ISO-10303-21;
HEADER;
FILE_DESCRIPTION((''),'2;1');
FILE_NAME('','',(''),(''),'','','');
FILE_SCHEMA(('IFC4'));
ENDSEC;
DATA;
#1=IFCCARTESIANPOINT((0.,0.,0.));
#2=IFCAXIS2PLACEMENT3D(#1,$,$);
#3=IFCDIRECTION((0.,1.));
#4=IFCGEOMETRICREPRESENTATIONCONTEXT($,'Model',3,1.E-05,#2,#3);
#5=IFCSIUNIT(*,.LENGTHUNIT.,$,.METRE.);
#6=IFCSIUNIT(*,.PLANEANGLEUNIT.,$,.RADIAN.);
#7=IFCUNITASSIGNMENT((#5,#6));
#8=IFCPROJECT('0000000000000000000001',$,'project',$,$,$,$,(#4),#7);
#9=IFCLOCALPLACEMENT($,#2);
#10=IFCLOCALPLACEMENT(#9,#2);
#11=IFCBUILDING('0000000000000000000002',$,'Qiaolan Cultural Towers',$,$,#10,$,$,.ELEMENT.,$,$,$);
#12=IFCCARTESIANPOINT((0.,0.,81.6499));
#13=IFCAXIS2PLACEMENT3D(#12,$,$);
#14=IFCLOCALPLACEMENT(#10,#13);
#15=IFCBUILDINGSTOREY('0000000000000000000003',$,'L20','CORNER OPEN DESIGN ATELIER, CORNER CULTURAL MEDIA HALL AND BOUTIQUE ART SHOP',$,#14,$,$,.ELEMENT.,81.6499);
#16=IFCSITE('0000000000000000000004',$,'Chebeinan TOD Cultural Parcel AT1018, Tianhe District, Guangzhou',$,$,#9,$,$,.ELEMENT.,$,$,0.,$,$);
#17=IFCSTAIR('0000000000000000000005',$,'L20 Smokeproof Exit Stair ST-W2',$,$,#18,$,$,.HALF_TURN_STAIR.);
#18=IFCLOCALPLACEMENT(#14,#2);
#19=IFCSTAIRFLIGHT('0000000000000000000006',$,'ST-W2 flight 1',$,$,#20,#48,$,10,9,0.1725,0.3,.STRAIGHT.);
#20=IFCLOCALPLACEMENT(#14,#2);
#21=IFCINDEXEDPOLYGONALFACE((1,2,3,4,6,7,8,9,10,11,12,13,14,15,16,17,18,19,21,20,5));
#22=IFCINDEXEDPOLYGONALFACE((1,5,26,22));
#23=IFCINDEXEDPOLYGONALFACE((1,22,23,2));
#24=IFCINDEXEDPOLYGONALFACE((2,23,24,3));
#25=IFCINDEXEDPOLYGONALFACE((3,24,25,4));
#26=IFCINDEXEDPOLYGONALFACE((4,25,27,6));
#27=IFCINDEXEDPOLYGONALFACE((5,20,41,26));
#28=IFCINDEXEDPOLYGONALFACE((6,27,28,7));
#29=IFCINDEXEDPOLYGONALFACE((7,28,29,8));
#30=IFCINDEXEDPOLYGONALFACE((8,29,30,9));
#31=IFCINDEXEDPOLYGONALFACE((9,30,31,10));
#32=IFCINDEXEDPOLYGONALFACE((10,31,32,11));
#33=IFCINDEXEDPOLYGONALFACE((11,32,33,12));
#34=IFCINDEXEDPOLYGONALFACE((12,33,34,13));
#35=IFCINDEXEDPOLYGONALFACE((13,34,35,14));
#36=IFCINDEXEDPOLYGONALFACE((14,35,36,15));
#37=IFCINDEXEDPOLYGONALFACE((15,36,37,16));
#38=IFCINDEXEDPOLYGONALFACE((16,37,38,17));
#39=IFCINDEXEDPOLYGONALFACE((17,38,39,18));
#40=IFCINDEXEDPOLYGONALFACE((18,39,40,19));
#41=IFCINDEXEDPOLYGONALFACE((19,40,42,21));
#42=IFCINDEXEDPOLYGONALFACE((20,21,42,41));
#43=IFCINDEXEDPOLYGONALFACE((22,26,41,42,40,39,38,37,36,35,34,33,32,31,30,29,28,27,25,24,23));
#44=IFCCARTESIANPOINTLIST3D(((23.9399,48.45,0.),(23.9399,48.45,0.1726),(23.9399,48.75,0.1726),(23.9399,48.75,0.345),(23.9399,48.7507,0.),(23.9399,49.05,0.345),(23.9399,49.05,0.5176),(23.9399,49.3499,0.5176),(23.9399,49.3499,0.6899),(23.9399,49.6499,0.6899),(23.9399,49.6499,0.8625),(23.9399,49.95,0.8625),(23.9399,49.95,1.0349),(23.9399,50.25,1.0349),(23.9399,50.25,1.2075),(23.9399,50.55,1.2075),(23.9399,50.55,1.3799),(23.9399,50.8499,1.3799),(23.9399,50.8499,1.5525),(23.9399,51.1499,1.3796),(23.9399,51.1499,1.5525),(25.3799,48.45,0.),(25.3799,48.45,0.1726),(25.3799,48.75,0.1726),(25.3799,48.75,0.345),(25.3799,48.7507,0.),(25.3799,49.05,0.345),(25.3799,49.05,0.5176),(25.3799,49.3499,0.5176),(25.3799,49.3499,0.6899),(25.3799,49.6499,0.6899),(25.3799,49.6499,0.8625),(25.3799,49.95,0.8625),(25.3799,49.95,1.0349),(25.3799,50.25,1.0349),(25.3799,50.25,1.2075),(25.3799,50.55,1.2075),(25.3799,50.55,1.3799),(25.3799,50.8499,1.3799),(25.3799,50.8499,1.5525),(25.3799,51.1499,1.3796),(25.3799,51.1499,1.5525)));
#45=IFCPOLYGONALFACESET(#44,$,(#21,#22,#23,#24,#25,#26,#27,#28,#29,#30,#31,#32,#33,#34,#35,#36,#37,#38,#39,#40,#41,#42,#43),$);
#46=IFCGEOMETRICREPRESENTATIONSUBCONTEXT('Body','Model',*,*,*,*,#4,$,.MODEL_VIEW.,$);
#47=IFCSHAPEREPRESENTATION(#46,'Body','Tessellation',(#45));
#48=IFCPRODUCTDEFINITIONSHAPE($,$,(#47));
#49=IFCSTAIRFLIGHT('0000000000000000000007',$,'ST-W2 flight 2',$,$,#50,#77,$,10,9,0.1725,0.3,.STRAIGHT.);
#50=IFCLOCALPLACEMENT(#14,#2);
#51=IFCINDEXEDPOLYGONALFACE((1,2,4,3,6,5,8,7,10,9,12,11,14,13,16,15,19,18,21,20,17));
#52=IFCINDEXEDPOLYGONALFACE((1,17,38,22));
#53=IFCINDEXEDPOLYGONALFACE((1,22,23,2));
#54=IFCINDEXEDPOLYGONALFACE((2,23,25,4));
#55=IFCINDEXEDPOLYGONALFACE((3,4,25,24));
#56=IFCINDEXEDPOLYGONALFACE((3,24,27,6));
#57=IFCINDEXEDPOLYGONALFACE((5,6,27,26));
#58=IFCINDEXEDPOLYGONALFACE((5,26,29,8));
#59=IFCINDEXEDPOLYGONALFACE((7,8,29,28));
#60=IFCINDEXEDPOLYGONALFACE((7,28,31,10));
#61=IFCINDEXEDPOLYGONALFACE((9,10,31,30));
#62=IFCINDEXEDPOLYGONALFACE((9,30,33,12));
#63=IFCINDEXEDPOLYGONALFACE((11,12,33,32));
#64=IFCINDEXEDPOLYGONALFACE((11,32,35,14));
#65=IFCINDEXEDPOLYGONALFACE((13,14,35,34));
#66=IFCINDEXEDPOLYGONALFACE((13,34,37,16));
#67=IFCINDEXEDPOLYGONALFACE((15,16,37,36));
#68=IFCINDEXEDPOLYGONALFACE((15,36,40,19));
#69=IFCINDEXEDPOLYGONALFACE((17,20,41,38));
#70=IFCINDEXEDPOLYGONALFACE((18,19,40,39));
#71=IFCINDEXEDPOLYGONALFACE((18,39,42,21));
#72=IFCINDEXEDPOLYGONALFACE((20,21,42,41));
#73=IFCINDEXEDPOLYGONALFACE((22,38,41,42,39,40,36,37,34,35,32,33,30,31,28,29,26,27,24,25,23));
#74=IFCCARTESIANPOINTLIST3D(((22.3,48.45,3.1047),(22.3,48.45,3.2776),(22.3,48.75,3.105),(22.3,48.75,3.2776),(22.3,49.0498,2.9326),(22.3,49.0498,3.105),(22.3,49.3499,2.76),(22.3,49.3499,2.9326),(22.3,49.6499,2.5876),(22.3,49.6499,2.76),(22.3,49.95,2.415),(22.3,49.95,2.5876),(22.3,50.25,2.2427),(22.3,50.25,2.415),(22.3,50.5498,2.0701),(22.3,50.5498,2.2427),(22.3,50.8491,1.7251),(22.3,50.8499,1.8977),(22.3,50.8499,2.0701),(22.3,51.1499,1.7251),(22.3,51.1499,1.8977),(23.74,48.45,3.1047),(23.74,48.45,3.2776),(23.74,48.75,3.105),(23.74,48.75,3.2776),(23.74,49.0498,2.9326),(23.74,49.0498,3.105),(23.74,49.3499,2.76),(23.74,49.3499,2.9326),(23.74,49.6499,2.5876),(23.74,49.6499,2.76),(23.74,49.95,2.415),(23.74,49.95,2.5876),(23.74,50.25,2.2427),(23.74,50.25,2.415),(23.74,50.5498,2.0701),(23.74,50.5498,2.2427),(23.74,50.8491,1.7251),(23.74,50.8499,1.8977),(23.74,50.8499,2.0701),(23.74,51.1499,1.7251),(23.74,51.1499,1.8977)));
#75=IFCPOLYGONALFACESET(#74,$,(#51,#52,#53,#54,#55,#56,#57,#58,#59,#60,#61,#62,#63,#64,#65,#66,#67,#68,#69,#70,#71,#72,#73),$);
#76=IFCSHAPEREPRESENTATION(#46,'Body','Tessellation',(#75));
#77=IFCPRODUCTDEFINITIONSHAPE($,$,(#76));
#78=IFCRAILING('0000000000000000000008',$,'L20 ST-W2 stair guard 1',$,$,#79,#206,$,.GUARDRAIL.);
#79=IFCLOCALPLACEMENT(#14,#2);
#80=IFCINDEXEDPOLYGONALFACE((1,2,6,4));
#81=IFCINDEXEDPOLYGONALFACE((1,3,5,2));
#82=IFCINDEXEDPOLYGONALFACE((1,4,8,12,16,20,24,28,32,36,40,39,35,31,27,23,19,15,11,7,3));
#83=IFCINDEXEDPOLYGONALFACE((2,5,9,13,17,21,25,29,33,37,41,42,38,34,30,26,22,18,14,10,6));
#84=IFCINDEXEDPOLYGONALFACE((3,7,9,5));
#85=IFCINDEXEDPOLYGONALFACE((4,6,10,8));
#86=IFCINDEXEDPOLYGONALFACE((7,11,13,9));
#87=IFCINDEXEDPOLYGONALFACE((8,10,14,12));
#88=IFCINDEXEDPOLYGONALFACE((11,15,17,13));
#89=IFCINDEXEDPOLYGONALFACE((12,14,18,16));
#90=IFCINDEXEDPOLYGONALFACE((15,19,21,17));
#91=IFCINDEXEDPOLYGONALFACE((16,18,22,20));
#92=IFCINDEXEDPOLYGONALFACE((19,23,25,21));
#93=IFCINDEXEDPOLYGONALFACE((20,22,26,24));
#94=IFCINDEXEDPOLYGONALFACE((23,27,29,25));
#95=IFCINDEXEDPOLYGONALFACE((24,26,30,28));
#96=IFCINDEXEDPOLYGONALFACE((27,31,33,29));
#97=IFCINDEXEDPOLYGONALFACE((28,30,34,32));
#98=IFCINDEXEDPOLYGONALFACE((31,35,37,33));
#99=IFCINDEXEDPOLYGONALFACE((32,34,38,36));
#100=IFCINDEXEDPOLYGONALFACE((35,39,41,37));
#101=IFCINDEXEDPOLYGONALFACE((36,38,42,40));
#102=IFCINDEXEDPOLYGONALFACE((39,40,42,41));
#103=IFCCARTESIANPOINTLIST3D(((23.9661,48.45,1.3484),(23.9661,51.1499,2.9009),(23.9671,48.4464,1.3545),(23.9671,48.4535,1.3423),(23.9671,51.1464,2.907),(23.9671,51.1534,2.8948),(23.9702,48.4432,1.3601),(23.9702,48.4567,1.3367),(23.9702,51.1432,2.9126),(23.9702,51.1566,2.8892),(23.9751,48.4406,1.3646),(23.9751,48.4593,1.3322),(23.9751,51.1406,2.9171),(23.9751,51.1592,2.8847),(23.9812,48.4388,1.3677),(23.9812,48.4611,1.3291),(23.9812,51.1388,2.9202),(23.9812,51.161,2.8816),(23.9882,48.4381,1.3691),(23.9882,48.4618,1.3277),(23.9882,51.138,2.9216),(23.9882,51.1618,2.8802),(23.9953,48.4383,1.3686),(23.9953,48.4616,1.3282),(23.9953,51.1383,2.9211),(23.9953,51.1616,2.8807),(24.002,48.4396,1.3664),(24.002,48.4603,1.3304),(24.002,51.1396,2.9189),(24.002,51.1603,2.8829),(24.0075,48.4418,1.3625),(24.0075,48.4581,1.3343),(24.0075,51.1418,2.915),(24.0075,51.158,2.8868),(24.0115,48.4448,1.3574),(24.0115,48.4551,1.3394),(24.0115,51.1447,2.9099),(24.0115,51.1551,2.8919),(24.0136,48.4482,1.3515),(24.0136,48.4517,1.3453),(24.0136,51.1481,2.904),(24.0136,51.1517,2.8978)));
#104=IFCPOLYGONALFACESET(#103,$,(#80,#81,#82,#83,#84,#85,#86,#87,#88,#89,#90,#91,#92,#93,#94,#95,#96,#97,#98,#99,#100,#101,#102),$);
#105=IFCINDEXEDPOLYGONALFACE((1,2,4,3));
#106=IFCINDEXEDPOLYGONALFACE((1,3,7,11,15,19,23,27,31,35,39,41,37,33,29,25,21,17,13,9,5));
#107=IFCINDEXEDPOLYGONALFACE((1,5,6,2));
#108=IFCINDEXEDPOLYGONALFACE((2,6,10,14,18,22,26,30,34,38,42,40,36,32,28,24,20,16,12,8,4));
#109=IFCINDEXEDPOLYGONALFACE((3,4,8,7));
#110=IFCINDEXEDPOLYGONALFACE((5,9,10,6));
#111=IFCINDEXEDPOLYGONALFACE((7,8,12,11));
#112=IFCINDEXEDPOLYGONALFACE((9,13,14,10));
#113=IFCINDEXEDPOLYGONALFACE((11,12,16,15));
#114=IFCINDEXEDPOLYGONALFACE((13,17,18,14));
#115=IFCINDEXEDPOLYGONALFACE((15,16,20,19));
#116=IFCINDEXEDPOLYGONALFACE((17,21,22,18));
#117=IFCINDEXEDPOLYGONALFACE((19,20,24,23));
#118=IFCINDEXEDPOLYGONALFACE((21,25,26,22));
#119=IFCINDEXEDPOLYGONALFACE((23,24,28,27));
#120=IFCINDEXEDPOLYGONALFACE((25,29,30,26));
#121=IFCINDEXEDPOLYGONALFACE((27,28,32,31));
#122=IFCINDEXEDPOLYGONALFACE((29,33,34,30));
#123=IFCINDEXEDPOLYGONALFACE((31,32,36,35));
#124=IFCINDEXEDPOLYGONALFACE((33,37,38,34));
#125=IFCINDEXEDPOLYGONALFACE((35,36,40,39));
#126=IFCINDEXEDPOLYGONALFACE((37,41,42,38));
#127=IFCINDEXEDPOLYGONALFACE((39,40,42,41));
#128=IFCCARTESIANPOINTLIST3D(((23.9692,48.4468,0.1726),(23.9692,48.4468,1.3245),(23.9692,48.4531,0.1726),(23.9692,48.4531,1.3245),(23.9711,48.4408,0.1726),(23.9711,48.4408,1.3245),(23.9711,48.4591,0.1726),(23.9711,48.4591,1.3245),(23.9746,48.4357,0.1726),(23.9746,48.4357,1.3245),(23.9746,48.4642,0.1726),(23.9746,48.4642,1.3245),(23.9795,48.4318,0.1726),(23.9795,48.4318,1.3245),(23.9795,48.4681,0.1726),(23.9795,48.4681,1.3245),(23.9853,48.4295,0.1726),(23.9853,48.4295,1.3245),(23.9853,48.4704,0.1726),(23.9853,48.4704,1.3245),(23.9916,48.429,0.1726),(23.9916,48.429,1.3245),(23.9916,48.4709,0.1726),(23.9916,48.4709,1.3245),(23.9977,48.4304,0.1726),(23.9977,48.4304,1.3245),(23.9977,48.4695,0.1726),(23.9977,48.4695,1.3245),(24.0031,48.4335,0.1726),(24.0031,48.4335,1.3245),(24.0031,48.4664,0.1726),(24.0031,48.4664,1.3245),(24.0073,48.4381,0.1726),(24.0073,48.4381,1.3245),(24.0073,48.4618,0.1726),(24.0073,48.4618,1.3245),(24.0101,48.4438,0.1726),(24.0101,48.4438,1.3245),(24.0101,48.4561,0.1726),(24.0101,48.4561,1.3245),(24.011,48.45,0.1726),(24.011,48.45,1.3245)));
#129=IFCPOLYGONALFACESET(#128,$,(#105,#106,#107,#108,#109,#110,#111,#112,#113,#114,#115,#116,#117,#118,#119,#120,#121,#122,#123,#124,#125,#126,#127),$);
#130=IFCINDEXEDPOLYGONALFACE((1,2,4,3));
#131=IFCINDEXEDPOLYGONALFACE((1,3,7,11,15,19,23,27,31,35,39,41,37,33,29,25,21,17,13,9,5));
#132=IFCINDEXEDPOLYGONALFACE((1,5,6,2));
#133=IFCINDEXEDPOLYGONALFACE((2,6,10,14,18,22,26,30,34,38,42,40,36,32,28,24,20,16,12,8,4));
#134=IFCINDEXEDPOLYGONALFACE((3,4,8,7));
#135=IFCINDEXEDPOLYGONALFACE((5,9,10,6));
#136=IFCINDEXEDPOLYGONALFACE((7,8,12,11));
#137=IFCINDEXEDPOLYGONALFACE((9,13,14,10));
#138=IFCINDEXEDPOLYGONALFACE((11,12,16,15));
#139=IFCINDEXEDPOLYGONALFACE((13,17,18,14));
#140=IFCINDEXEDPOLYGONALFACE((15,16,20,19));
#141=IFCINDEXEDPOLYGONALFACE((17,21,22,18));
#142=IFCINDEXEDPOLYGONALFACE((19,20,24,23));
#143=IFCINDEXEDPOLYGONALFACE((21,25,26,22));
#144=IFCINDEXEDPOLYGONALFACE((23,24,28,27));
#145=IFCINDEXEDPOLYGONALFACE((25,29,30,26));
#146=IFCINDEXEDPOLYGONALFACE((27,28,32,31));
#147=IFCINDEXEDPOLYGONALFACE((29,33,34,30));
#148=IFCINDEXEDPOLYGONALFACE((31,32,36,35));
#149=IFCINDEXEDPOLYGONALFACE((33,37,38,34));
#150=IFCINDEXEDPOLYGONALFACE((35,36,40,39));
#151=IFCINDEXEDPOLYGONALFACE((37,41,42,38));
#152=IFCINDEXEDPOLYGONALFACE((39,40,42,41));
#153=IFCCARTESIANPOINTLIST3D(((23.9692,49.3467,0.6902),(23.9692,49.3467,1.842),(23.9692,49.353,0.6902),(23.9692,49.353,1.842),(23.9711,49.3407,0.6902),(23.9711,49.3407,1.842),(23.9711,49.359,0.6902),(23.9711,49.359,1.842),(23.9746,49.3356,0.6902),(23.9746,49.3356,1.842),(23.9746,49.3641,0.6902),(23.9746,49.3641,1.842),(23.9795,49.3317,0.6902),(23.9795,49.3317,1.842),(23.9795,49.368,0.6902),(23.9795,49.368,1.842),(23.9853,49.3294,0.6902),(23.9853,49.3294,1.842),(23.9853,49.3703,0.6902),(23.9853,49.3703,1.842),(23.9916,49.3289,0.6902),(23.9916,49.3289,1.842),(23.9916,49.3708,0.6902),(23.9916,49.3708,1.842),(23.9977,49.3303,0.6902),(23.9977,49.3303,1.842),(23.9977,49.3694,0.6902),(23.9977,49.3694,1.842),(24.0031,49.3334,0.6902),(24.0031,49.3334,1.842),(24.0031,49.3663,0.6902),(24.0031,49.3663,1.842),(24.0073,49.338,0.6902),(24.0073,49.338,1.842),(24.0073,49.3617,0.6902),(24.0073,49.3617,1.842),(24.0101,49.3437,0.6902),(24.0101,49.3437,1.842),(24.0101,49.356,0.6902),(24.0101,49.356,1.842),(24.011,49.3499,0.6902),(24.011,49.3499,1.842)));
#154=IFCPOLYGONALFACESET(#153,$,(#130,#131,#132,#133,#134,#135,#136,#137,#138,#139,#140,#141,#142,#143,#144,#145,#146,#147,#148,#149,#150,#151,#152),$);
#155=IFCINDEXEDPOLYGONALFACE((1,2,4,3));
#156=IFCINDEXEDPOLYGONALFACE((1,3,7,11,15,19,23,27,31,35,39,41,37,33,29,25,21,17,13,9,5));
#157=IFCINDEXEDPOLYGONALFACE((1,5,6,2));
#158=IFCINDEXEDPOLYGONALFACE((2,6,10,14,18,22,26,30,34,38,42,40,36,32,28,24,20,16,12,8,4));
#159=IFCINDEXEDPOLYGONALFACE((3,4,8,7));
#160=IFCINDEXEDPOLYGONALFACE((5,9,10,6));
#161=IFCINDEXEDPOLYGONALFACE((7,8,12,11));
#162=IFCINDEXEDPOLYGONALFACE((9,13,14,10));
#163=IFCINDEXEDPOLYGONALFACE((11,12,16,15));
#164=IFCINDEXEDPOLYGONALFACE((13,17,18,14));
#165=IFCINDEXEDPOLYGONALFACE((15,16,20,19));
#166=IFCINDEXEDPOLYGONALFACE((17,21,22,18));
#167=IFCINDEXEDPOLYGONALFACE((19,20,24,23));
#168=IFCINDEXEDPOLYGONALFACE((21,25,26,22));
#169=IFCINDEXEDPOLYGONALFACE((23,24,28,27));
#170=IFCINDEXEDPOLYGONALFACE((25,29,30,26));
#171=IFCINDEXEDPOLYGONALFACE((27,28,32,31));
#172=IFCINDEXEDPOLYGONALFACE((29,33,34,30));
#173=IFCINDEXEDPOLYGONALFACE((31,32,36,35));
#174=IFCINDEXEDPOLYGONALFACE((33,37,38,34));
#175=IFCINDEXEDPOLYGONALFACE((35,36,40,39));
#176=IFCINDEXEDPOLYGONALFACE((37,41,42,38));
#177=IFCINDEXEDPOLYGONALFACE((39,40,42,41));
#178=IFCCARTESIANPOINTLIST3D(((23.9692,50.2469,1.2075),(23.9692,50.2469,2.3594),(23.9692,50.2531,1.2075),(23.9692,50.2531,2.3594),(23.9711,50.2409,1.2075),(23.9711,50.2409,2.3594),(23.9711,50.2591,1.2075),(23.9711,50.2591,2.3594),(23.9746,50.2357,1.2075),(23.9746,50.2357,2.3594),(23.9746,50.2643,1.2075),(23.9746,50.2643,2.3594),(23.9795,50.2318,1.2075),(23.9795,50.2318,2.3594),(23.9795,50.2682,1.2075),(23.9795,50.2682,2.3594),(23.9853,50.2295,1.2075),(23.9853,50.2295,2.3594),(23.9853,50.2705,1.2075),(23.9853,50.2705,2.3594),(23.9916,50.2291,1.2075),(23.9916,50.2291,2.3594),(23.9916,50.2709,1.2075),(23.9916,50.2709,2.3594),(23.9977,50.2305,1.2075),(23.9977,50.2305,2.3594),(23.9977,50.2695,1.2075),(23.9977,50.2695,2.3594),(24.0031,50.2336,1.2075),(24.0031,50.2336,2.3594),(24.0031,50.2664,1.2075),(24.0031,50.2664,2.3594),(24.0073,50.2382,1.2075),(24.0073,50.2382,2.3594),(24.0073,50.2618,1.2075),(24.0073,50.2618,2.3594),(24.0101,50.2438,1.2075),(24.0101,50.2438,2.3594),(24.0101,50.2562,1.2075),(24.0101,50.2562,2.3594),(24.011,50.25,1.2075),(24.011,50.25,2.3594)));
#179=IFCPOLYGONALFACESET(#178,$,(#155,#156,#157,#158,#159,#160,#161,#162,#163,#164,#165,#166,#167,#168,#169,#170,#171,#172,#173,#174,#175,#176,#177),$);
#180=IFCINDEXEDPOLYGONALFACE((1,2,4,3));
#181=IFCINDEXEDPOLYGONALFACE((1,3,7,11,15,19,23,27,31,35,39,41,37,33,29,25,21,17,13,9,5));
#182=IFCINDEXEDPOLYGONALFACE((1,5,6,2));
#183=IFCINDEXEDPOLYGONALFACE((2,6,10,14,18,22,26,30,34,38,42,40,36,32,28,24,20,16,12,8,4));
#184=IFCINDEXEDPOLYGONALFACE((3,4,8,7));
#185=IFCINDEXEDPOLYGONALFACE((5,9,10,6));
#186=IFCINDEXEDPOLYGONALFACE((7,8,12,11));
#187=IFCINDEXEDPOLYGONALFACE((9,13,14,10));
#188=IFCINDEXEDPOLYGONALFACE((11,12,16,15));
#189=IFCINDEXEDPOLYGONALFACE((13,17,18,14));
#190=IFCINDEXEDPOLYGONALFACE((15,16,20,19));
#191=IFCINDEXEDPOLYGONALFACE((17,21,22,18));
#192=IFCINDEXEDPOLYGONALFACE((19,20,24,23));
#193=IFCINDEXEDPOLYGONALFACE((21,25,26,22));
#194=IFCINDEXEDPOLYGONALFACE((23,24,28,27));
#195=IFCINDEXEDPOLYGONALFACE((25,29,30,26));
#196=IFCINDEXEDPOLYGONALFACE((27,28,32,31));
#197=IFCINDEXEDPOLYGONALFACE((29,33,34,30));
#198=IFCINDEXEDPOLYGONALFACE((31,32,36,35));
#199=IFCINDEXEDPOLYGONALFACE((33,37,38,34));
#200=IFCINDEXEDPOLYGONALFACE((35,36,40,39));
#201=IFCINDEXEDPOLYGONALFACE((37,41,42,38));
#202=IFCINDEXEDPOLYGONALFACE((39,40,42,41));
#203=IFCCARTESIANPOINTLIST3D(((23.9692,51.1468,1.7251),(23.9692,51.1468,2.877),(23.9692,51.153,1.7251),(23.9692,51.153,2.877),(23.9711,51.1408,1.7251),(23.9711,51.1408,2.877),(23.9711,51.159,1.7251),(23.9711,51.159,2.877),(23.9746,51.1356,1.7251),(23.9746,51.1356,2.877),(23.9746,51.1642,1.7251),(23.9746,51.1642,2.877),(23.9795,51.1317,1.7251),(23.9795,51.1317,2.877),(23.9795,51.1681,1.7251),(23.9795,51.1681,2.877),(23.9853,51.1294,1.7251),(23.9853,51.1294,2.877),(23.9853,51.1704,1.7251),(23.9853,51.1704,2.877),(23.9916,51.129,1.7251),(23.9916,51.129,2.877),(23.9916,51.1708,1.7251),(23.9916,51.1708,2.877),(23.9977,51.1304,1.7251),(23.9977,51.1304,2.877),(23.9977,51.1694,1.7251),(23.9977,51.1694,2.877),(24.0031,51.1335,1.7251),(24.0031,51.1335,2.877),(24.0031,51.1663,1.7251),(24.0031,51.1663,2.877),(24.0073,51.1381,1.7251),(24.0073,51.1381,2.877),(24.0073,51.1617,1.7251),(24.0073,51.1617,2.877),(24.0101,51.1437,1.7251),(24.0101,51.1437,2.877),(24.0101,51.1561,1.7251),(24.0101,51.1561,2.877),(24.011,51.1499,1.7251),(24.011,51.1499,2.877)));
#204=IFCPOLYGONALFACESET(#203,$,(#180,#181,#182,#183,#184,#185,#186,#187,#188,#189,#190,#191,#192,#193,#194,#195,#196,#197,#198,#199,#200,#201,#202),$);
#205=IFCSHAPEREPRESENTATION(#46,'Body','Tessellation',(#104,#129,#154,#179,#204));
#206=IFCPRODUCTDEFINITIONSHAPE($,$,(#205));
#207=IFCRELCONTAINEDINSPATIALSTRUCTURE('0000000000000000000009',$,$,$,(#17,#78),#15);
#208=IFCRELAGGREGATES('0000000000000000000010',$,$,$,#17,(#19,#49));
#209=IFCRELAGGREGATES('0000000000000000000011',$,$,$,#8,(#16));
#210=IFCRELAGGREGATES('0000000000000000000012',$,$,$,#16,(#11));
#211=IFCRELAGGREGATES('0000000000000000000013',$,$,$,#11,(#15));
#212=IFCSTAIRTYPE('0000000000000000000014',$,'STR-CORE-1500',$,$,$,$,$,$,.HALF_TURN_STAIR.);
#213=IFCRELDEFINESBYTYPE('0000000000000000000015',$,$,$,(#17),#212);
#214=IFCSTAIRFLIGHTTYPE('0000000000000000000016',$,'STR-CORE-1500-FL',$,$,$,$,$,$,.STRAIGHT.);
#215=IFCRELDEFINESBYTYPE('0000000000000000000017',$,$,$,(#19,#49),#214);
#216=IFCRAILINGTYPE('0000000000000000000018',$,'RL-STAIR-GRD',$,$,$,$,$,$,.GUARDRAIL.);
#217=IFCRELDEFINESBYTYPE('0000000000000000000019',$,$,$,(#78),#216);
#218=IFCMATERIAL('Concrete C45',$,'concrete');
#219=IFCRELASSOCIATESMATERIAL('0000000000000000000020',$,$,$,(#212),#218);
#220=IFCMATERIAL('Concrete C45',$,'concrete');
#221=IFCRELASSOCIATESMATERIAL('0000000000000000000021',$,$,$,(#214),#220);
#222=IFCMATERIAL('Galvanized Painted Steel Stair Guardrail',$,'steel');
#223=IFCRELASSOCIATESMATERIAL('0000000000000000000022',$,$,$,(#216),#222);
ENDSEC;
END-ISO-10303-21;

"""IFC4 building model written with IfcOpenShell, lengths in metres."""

from ifc_helpers import new_model, si_unit, direction, frame, origin, origin_2d, place, context, subcontext, project, spatial, polyline, circle, outline, extrude, material, type_object, element, aggregate, save


model = new_model("IFC4")

# Units and contexts
model_context = context("Model", 3, precision=1e-05, world=origin(), true_north=direction((0.0, 1.0)))
body_context = subcontext(model_context, "Body", "Model", "MODEL_VIEW")
ifc_project = project(units=[si_unit("LENGTHUNIT", "METRE"), si_unit("PLANEANGLEUNIT", "RADIAN")], contexts=[model_context])

# Site, building, storey
site_placement = place(None, origin())
site = spatial("IfcSite", under=ifc_project, at=site_placement, Name="Chebeinan TOD Cultural Parcel AT1018, Tianhe District, Guangzhou", CompositionType="ELEMENT", RefElevation=0.0)
building_placement = place(site_placement, origin())
building = spatial("IfcBuilding", under=site, at=building_placement, Name="Qiaolan Cultural Towers", CompositionType="ELEMENT")
storey_placement = place(building_placement, frame((0.0, 0.0, 81.6499)))
storey = spatial("IfcBuildingStorey", under=building, at=storey_placement, Name="L20", Description="CORNER OPEN DESIGN ATELIER, CORNER CULTURAL MEDIA HALL AND BOUTIQUE ART SHOP", CompositionType="ELEMENT", Elevation=81.6499)

# Stair, stair flights
ifc_material_1 = material(Name="Concrete C45", Category="concrete")
stair_type = type_object("IfcStairType", Name="STR-CORE-1500", PredefinedType="HALF_TURN_STAIR", material=ifc_material_1)
stair_placement = place(storey_placement, origin())
stair = element("IfcStair", 1, at=stair_placement, inside=storey, type_object=stair_type, Name="L20 Smokeproof Exit Stair ST-W2", PredefinedType="HALF_TURN_STAIR")
ifc_material_2 = material(Name="Concrete C45", Category="concrete")
stair_flight_type = type_object("IfcStairFlightType", Name="STR-CORE-1500-FL", PredefinedType="STRAIGHT", material=ifc_material_2)
stair_flight_1_placement = place(storey_placement, frame((24.6599, 48.45, 0.0), z_axis=(0.0, 0.0, 1.0), x_axis=(0.0, 1.0, 0.0)))
stair_flight_1 = element("IfcStairFlight", 2, at=stair_flight_1_placement, type_object=stair_flight_type, Name="ST-W2 flight 1", NumberOfRisers=10, NumberOfTreads=9, PredefinedType="STRAIGHT", RiserHeight=0.1725, TreadLength=0.3, context=body_context, shape_type="SweptSolid", body=[
    extrude(outline(polyline([(0.0, 0.0), (0.0, 0.1726), (0.3, 0.1726), (0.3, 0.345), (0.6001, 0.345), (0.6001, 0.5176), (0.8999, 0.5176), (0.8999, 0.6899), (1.2, 0.6899), (1.2, 0.8625), (1.5, 0.8625), (1.5, 1.0349), (1.8, 1.0349), (1.8, 1.2075), (2.1001, 1.2075), (2.1001, 1.3799), (2.3999, 1.3799), (2.3999, 1.5525), (2.7, 1.5525), (2.7, 1.7251), (2.7, 1.3796), (0.3008, 0.0), (0.0, 0.0)])), frame((0.0, 0.72, 0.0), z_axis=(0.0, -1.0, 0.0), x_axis=(1.0, 0.0, 0.0)), (0.0, 0.0, 1.0), 1.4399),
])
stair_flight_2_placement = place(storey_placement, frame((23.02, 51.1499, 1.7251), z_axis=(0.0, 0.0, 1.0), x_axis=(0.0, -1.0, 0.0)))
stair_flight_2 = element("IfcStairFlight", 3, at=stair_flight_2_placement, type_object=stair_flight_type, Name="ST-W2 flight 2", NumberOfRisers=10, NumberOfTreads=9, PredefinedType="STRAIGHT", RiserHeight=0.1725, TreadLength=0.3, context=body_context, shape_type="SweptSolid", body=[
    extrude(outline(polyline([(0.0, 0.0), (0.0, 0.1726), (0.3, 0.1726), (0.3, 0.345), (0.6001, 0.345), (0.6001, 0.5176), (0.8999, 0.5176), (0.8999, 0.6899), (1.2, 0.6899), (1.2, 0.8625), (1.5, 0.8625), (1.5, 1.0349), (1.8, 1.0349), (1.8, 1.2075), (2.1001, 1.2075), (2.1001, 1.3799), (2.3999, 1.3799), (2.3999, 1.5525), (2.7, 1.5525), (2.7, 1.7251), (2.7, 1.3796), (0.3008, 0.0), (0.0, 0.0)])), frame((0.0, 0.72, 0.0), z_axis=(0.0, -1.0, 0.0), x_axis=(1.0, 0.0, 0.0)), (0.0, 0.0, 1.0), 1.4399),
])
aggregate(stair, [stair_flight_1, stair_flight_2])

# Railing
ifc_material_3 = material(Name="Galvanized Painted Steel Stair Guardrail", Category="steel")
railing_type_1 = type_object("IfcRailingType", Name="RL-STAIR-GRD", PredefinedType="GUARDRAIL", material=ifc_material_3)
railing_1_placement = place(storey_placement, frame((23.99, 48.45, 0.1726)))
element("IfcRailing", 4, at=railing_1_placement, inside=storey, type_object=railing_type_1, Name="L20 ST-W2 stair guard 1", PredefinedType="GUARDRAIL", context=body_context, shape_type="SweptSolid", body=[
    extrude(circle(Radius=0.0239, at=origin_2d()), frame((0.0, 0.0, 1.1758), z_axis=(0.0, 0.866904, 0.498476), x_axis=(-1.0, 0.0, 0.0)), (0.0, 0.0, 1.0), 3.1145),
    extrude(circle(Radius=0.021, at=origin_2d()), origin(), (0.0, 0.0, 1.0), 1.1519),
    extrude(circle(Radius=0.021, at=origin_2d()), frame((0.0, 0.8999, 0.5176)), (0.0, 0.0, 1.0), 1.1519),
    extrude(circle(Radius=0.021, at=origin_2d()), frame((0.0, 1.8, 1.0349)), (0.0, 0.0, 1.0), 1.1519),
    extrude(circle(Radius=0.021, at=origin_2d()), frame((0.0, 2.7, 1.5525)), (0.0, 0.0, 1.0), 1.1519),
])

save(model, "model.ifc")
